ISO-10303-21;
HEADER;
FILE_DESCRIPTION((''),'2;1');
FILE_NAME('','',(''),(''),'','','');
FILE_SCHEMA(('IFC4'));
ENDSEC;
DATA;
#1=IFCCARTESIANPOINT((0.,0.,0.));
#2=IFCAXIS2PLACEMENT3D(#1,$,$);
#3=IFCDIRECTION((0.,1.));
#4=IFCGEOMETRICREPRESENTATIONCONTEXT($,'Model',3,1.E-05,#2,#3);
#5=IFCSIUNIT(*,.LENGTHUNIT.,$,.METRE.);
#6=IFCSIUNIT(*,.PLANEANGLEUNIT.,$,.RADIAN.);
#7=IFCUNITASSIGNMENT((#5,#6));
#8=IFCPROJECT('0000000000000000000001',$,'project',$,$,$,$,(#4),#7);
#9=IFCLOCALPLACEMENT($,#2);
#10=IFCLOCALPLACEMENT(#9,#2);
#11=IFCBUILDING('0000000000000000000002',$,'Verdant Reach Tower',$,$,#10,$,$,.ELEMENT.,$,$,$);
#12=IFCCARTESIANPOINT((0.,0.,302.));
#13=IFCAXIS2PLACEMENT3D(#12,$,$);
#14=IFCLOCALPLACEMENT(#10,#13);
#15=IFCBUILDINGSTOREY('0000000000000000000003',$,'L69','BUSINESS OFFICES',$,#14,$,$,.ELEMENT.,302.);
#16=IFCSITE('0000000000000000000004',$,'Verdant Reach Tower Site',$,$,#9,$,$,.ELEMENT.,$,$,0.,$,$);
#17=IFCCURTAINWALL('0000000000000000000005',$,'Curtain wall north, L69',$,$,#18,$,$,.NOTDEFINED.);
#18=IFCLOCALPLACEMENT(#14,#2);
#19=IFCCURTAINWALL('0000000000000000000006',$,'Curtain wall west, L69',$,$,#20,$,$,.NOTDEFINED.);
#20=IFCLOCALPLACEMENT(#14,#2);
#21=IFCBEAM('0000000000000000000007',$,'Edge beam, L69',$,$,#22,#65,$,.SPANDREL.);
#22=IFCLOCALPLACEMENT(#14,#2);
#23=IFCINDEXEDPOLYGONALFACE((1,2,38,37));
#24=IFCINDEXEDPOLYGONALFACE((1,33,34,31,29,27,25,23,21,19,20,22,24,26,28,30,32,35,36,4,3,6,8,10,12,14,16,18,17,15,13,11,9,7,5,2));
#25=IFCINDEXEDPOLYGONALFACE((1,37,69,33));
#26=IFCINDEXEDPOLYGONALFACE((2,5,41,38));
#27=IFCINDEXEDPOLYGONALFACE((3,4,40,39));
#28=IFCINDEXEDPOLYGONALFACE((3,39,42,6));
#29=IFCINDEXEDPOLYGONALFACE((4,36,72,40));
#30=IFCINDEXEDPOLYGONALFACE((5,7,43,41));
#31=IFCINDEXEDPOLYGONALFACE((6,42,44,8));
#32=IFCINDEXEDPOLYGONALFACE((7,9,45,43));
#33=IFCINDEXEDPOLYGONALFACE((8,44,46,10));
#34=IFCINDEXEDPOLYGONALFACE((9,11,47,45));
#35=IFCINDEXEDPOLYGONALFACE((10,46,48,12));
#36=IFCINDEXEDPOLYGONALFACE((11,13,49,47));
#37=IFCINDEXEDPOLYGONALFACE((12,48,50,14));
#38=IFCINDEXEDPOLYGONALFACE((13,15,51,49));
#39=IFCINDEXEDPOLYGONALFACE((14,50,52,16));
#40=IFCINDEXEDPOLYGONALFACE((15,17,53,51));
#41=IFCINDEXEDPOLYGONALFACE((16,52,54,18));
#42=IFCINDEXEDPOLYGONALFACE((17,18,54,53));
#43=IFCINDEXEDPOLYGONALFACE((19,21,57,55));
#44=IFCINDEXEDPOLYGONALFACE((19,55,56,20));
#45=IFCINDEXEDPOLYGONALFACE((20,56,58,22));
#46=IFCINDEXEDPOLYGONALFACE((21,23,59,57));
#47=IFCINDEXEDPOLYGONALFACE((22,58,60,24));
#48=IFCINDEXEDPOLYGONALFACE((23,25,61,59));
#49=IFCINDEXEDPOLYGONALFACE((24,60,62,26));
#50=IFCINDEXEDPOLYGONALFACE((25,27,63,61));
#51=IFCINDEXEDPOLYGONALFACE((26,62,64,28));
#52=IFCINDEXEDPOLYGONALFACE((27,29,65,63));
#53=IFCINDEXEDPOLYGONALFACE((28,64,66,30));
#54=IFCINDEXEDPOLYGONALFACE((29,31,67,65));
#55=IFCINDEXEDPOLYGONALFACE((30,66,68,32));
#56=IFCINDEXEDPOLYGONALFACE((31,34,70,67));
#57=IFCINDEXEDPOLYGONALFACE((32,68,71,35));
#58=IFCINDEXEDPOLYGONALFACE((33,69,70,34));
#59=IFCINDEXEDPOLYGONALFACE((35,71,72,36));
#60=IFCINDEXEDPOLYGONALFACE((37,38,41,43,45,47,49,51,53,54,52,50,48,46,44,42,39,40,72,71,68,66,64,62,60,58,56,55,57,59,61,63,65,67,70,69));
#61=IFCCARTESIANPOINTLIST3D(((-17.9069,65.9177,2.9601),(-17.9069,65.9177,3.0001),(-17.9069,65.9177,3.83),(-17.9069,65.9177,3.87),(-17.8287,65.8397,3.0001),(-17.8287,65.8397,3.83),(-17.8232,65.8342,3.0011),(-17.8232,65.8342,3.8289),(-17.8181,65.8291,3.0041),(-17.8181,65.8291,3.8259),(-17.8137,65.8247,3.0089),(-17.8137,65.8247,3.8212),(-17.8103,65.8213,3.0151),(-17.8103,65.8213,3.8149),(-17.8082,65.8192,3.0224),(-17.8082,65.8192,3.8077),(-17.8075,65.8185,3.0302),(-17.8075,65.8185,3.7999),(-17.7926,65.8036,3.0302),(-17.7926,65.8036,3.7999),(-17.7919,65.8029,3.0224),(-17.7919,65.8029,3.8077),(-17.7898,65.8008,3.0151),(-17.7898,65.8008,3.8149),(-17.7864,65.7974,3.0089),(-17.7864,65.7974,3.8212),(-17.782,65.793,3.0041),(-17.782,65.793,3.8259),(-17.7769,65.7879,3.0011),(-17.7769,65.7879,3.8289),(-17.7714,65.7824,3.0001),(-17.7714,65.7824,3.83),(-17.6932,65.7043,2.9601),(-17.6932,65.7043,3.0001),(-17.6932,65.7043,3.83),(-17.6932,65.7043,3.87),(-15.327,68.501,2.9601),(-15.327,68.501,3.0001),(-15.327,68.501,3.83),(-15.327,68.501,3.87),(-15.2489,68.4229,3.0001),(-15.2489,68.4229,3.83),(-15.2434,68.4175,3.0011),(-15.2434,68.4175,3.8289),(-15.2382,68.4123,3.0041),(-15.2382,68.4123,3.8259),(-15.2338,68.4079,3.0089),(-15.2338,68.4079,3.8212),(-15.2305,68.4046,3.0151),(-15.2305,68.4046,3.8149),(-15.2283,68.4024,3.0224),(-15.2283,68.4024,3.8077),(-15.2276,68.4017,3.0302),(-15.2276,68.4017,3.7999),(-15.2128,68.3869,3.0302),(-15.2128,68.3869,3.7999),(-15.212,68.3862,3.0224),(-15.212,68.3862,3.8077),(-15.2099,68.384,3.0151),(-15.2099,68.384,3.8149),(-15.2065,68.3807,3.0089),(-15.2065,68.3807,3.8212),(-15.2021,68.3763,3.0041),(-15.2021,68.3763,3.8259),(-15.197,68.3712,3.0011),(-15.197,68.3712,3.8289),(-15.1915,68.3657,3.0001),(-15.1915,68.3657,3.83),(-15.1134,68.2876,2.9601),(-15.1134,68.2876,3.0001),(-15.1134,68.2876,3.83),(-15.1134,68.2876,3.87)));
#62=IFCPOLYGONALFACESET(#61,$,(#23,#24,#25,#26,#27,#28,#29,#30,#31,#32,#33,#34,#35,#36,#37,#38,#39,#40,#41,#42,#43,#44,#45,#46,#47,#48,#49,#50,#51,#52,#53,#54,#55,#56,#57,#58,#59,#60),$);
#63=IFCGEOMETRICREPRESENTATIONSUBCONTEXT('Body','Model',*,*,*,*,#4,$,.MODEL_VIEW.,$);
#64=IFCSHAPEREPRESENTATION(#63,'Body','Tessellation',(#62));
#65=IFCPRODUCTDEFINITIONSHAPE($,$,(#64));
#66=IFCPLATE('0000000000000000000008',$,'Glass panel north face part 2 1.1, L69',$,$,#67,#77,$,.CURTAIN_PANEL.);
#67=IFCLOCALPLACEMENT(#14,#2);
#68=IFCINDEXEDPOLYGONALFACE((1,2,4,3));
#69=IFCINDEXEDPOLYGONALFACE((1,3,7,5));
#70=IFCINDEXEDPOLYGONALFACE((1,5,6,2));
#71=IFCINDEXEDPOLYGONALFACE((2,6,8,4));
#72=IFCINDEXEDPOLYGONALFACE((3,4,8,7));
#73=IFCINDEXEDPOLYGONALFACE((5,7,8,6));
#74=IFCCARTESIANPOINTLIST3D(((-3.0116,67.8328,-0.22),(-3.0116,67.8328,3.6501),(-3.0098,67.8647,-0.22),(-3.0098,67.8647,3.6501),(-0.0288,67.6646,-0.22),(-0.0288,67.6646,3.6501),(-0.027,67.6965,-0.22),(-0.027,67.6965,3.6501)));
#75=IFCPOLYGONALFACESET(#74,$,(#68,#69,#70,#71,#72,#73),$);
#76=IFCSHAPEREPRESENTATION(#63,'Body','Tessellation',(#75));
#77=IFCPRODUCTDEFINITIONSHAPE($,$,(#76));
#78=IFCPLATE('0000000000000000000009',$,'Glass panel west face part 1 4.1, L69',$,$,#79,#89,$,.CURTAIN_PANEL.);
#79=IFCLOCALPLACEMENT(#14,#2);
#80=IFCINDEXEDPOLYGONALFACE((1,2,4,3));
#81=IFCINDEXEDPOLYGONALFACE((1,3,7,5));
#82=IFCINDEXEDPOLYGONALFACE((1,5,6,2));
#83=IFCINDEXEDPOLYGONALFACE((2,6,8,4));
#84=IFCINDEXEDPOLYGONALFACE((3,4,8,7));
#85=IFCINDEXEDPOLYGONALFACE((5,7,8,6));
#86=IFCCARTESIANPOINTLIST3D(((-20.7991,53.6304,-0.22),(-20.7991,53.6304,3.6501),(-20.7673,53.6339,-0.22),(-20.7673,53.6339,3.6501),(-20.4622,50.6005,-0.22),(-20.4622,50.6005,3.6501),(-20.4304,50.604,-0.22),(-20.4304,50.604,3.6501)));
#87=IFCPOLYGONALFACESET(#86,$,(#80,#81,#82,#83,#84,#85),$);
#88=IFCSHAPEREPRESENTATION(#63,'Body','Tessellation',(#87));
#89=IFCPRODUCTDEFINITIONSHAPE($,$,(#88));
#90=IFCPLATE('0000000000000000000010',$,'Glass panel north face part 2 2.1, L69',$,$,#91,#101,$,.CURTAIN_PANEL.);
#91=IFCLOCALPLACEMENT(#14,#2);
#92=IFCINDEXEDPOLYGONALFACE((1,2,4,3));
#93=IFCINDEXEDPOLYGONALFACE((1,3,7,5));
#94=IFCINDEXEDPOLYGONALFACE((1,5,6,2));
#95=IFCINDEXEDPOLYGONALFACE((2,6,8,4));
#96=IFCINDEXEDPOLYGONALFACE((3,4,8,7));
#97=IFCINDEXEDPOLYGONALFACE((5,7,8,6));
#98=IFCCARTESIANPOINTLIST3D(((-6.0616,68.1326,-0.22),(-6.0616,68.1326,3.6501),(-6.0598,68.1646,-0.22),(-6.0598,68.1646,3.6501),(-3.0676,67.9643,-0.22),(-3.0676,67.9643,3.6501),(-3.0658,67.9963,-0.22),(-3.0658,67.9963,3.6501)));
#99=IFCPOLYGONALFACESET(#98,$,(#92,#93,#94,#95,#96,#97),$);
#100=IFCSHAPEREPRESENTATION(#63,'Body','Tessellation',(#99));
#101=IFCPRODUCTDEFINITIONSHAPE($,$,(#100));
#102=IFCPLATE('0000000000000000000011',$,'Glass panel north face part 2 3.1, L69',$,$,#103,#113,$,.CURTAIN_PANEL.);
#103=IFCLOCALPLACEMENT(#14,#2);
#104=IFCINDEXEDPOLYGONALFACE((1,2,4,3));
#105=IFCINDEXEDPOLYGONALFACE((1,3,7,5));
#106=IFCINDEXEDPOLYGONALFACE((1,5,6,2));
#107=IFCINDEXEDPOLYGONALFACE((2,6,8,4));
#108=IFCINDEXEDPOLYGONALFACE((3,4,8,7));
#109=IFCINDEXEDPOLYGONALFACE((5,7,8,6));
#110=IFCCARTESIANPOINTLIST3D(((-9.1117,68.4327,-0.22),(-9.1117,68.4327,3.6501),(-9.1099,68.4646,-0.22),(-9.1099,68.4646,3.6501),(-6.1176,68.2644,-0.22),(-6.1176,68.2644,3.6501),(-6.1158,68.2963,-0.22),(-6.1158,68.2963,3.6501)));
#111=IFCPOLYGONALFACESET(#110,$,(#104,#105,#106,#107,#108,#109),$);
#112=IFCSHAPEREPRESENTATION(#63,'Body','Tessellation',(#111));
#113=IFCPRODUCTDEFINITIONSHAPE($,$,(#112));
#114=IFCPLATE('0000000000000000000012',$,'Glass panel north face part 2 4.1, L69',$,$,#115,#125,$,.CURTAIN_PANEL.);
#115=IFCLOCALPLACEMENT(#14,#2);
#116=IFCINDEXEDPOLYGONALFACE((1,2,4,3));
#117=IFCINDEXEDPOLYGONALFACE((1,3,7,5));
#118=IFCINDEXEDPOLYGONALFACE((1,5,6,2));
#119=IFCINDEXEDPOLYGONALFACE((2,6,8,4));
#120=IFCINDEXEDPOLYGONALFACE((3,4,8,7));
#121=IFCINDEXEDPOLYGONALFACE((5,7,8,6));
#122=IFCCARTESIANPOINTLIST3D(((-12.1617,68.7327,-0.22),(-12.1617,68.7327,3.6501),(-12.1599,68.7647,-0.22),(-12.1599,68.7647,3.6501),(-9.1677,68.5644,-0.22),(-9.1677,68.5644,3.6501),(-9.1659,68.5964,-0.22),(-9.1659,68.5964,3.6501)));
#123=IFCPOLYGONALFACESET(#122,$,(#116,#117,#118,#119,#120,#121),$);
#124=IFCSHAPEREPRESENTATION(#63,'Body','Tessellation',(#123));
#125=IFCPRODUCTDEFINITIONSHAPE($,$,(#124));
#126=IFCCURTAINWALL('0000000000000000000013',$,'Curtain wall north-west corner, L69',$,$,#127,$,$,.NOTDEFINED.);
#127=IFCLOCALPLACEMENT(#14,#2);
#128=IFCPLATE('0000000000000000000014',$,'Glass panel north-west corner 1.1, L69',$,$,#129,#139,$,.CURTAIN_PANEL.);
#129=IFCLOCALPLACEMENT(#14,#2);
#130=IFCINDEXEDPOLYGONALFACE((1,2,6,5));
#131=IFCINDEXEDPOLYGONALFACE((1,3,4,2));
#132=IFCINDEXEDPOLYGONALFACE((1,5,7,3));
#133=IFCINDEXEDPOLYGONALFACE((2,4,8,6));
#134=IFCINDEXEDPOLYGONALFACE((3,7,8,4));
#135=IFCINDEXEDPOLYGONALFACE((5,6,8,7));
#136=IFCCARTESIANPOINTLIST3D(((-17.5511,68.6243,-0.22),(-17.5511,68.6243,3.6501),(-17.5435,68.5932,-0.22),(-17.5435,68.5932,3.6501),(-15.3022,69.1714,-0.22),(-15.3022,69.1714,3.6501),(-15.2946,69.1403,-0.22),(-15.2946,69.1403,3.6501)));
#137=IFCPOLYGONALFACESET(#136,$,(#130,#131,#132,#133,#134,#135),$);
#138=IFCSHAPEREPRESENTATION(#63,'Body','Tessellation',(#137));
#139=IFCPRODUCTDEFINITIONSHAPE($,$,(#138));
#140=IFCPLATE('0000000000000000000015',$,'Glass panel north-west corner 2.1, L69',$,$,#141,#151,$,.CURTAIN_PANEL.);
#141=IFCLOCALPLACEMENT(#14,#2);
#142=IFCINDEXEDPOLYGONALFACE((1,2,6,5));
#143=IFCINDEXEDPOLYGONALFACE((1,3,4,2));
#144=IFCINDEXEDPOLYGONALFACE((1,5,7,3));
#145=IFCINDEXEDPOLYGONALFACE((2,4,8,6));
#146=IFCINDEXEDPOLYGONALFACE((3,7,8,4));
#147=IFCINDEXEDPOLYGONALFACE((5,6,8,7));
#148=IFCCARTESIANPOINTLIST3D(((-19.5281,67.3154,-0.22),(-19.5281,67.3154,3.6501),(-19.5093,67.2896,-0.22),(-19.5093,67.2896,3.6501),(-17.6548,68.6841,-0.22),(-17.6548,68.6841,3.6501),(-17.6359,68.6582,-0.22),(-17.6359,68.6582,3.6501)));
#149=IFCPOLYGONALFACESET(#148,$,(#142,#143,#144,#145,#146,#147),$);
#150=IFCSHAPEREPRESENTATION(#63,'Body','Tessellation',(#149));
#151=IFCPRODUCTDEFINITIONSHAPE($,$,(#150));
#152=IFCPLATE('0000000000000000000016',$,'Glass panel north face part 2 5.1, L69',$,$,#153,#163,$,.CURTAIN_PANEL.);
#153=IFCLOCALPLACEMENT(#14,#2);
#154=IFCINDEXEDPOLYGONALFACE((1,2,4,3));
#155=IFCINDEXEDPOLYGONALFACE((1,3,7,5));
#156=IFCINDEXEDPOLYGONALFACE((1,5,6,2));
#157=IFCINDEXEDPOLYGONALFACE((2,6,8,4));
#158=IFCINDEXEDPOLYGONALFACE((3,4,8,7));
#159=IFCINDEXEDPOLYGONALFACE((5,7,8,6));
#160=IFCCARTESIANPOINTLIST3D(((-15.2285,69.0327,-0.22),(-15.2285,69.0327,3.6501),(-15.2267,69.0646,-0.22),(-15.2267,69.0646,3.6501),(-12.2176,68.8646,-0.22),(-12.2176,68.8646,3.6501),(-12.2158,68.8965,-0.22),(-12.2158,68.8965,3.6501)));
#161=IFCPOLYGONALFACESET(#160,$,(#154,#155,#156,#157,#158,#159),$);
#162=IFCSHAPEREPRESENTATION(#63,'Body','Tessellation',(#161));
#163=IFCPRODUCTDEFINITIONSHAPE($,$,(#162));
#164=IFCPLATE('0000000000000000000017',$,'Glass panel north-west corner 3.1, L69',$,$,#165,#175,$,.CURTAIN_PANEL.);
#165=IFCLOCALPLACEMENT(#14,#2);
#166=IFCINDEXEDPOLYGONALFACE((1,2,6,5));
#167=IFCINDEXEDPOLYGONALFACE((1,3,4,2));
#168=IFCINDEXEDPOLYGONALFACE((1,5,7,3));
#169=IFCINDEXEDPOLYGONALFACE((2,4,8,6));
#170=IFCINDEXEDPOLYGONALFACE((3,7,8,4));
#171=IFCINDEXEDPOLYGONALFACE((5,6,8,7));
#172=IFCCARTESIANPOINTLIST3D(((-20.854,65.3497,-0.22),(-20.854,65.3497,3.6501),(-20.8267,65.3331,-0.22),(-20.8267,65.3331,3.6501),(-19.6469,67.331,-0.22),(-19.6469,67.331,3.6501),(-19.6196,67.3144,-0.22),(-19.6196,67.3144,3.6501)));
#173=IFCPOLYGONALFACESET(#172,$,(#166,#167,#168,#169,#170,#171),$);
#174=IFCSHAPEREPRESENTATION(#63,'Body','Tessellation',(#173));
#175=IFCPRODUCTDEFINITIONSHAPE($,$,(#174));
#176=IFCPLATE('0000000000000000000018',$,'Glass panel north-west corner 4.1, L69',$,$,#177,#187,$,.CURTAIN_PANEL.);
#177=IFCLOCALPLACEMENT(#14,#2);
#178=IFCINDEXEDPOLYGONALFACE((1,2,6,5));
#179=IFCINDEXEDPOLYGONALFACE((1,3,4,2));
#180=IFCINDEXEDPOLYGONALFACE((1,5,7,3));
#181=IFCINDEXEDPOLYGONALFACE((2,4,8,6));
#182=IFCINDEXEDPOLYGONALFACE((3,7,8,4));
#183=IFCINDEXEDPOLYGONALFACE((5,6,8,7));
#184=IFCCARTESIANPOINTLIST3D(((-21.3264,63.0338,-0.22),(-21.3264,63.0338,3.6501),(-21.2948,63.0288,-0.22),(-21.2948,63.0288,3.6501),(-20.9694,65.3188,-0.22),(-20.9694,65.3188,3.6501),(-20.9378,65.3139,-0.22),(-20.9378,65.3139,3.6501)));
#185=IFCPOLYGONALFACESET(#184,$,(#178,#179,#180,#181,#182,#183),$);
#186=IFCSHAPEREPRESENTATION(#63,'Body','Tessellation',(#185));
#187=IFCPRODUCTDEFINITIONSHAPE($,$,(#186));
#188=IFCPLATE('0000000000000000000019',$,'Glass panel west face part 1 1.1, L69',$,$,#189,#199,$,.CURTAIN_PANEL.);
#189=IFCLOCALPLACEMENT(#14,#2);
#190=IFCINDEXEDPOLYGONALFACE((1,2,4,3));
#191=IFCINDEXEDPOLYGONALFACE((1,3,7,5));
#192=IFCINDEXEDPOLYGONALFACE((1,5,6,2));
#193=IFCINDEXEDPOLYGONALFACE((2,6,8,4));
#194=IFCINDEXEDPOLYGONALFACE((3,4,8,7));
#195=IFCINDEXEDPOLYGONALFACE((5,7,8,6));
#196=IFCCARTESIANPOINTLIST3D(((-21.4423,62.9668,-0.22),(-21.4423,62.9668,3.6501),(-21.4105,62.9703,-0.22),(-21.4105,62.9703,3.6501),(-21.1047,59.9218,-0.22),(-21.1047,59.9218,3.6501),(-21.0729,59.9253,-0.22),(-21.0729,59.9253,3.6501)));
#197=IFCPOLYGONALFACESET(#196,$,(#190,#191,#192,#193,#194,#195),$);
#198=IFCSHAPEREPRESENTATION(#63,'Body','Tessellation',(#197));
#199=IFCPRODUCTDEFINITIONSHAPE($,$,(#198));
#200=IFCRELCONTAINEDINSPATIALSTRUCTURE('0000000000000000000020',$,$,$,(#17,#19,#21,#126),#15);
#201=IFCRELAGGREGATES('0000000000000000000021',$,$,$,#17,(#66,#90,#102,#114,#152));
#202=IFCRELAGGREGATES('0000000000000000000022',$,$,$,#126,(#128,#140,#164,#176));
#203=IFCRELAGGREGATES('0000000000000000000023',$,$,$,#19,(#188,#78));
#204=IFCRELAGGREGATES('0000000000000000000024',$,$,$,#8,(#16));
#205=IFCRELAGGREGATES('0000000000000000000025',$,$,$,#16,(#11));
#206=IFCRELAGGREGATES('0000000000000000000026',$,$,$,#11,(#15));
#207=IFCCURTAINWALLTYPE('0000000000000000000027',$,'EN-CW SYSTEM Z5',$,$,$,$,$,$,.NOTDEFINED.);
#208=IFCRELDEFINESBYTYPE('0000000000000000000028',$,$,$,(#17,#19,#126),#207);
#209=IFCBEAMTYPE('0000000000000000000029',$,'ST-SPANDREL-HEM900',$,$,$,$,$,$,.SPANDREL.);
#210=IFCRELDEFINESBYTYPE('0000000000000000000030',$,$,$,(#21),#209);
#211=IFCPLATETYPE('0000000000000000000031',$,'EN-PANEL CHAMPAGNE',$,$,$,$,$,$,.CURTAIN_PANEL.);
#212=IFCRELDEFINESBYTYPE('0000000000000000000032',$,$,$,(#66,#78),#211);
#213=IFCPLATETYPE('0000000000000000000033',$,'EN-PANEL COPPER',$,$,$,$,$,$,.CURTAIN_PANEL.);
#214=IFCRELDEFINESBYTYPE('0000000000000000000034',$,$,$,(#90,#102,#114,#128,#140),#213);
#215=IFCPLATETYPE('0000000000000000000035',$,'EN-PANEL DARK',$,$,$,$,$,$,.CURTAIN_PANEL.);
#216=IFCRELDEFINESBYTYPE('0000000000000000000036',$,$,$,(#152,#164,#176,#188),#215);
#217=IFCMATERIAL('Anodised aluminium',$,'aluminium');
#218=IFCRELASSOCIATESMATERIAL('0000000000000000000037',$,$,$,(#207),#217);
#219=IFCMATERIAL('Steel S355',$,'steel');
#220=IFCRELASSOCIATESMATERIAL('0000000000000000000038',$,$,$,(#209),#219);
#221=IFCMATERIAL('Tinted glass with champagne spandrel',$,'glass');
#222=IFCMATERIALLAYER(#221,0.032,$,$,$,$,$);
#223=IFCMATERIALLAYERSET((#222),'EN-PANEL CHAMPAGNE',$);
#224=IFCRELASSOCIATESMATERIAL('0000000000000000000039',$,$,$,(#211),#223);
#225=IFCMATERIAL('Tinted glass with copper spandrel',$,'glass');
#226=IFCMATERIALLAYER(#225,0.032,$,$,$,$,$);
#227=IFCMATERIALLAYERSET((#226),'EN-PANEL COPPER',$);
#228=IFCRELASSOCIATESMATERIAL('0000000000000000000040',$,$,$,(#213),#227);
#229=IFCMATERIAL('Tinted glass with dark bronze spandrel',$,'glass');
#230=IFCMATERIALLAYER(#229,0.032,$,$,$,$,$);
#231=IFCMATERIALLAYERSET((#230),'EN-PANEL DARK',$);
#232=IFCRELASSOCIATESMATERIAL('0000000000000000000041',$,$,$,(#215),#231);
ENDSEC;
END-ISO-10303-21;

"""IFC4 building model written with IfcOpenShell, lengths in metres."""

from ifc_helpers import new_model, si_unit, direction, frame, origin, origin_2d, place, context, subcontext, project, spatial, rectangle, i_section, extrude, material, layer, layer_set, material_profile, profile_set, type_object, element, aggregate, save


model = new_model("IFC4")

# Units and contexts
model_context = context("Model", 3, precision=1e-05, world=origin(), true_north=direction((0.0, 1.0)))
body_context = subcontext(model_context, "Body", "Model", "MODEL_VIEW")
ifc_project = project(units=[si_unit("LENGTHUNIT", "METRE"), si_unit("PLANEANGLEUNIT", "RADIAN")], contexts=[model_context])

# Site, building, storey
site_placement = place(None, origin())
site = spatial("IfcSite", under=ifc_project, at=site_placement, Name="Verdant Reach Tower Site", CompositionType="ELEMENT", RefElevation=0.0)
building_placement = place(site_placement, origin())
building = spatial("IfcBuilding", under=site, at=building_placement, Name="Verdant Reach Tower", CompositionType="ELEMENT")
storey_placement = place(building_placement, frame((0.0, 0.0, 302.0)))
storey = spatial("IfcBuildingStorey", under=building, at=storey_placement, Name="L69", Description="BUSINESS OFFICES", CompositionType="ELEMENT", Elevation=302.0)

# Curtain walls
ifc_material_1 = material(Name="Anodised aluminium", Category="aluminium")
curtain_wall_type = type_object("IfcCurtainWallType", Name="EN-CW SYSTEM Z5", PredefinedType="NOTDEFINED", material=ifc_material_1)
curtain_wall_1_placement = place(storey_placement, origin())
curtain_wall_1 = element("IfcCurtainWall", 1, at=curtain_wall_1_placement, inside=storey, type_object=curtain_wall_type, Name="Curtain wall north, L69", PredefinedType="NOTDEFINED")
curtain_wall_2_placement = place(storey_placement, origin())
curtain_wall_2 = element("IfcCurtainWall", 2, at=curtain_wall_2_placement, inside=storey, type_object=curtain_wall_type, Name="Curtain wall west, L69", PredefinedType="NOTDEFINED")

# Beam
ifc_material_2 = material(Name="Steel S355", Category="steel")
ifc_material_profile_1 = material_profile(ifc_material_2, i_section(OverallWidth=0.302, OverallDepth=0.9099, WebThickness=0.021, FlangeThickness=0.04, FilletRadius=0.03, at=origin_2d()), Name="HEM 900")
ifc_profile_set_1 = profile_set([ifc_material_profile_1], Name="Steel S355")
beam_type_1 = type_object("IfcBeamType", Name="ST-SPANDREL-HEM900", PredefinedType="SPANDREL", material=ifc_profile_set_1)
beam_1_placement = place(storey_placement, frame((-17.8, 65.811, 3.415), z_axis=(0.706639, 0.707575, 0.0), x_axis=(-0.707575, 0.706639, 0.0)))
element("IfcBeam", 3, at=beam_1_placement, inside=storey, type_object=beam_type_1, Name="Edge beam, L69", PredefinedType="SPANDREL", context=body_context, shape_type="SweptSolid", body=[
    extrude(i_section(OverallWidth=0.302, OverallDepth=0.9099, WebThickness=0.021, FlangeThickness=0.04, FilletRadius=0.03, at=origin_2d()), origin(), (0.0, 0.0, 1.0), 3.6509),
])

# Plates
ifc_material_3 = material(Name="Tinted glass with champagne spandrel", Category="glass")
ifc_layer_1 = layer(ifc_material_3, 0.032)
ifc_layer_set_1 = layer_set([ifc_layer_1], Name="EN-PANEL CHAMPAGNE")
plate_type_1 = type_object("IfcPlateType", Name="EN-PANEL CHAMPAGNE", PredefinedType="CURTAIN_PANEL", material=ifc_layer_set_1)
plate_1_placement = place(storey_placement, frame((-1.5193, 67.7646, -0.22), z_axis=(0.0, 0.0, 1.0), x_axis=(-0.998413, 0.056308, 0.0)))
plate_1 = element("IfcPlate", 4, at=plate_1_placement, type_object=plate_type_1, Name="Glass panel north face part 2 1.1, L69", PredefinedType="CURTAIN_PANEL", context=body_context, shape_type="SweptSolid", body=[
    extrude(rectangle(XDim=2.9875, YDim=0.032, at=origin_2d()), origin(), (0.0, 0.0, 1.0), 3.8701),
])
plate_2_placement = place(storey_placement, frame((-20.6147, 52.1172, -0.22), z_axis=(0.0, 0.0, 1.0), x_axis=(0.110518, -0.993874, 0.0)))
plate_2 = element("IfcPlate", 5, at=plate_2_placement, type_object=plate_type_1, Name="Glass panel west face part 1 4.1, L69", PredefinedType="CURTAIN_PANEL", context=body_context, shape_type="SweptSolid", body=[
    extrude(rectangle(XDim=3.0486, YDim=0.032, at=origin_2d()), origin(), (0.0, 0.0, 1.0), 3.8701),
])
ifc_material_4 = material(Name="Tinted glass with copper spandrel", Category="glass")
ifc_layer_2 = layer(ifc_material_4, 0.032)
ifc_layer_set_2 = layer_set([ifc_layer_2], Name="EN-PANEL COPPER")
plate_type_2 = type_object("IfcPlateType", Name="EN-PANEL COPPER", PredefinedType="CURTAIN_PANEL", material=ifc_layer_set_2)
plate_3_placement = place(storey_placement, frame((-4.5637, 68.0645, -0.22), z_axis=(0.0, 0.0, 1.0), x_axis=(-0.998424, 0.056128, 0.0)))
plate_3 = element("IfcPlate", 6, at=plate_3_placement, type_object=plate_type_2, Name="Glass panel north face part 2 2.1, L69", PredefinedType="CURTAIN_PANEL", context=body_context, shape_type="SweptSolid", body=[
    extrude(rectangle(XDim=2.9988, YDim=0.032, at=origin_2d()), origin(), (0.0, 0.0, 1.0), 3.8701),
])
plate_4_placement = place(storey_placement, frame((-7.6138, 68.3645, -0.22), z_axis=(0.0, 0.0, 1.0), x_axis=(-0.998424, 0.056128, 0.0)))
plate_4 = element("IfcPlate", 7, at=plate_4_placement, type_object=plate_type_2, Name="Glass panel north face part 2 3.1, L69", PredefinedType="CURTAIN_PANEL", context=body_context, shape_type="SweptSolid", body=[
    extrude(rectangle(XDim=2.9988, YDim=0.032, at=origin_2d()), origin(), (0.0, 0.0, 1.0), 3.8701),
])
plate_5_placement = place(storey_placement, frame((-10.6638, 68.6646, -0.22), z_axis=(0.0, 0.0, 1.0), x_axis=(-0.998424, 0.056128, 0.0)))
plate_5 = element("IfcPlate", 8, at=plate_5_placement, type_object=plate_type_2, Name="Glass panel north face part 2 4.1, L69", PredefinedType="CURTAIN_PANEL", context=body_context, shape_type="SweptSolid", body=[
    extrude(rectangle(XDim=2.9988, YDim=0.032, at=origin_2d()), origin(), (0.0, 0.0, 1.0), 3.8701),
])

# Curtain wall, plates
curtain_wall_3_placement = place(storey_placement, origin())
curtain_wall_3 = element("IfcCurtainWall", 9, at=curtain_wall_3_placement, inside=storey, type_object=curtain_wall_type, Name="Curtain wall north-west corner, L69", PredefinedType="NOTDEFINED")
plate_6_placement = place(storey_placement, frame((-16.4229, 68.8823, -0.22), z_axis=(0.0, 0.0, 1.0), x_axis=(-0.971662, -0.236376, 0.0)))
plate_6 = element("IfcPlate", 10, at=plate_6_placement, type_object=plate_type_2, Name="Glass panel north-west corner 1.1, L69", PredefinedType="CURTAIN_PANEL", context=body_context, shape_type="SweptSolid", body=[
    extrude(rectangle(XDim=2.3145, YDim=0.032, at=origin_2d()), origin(), (0.0, 0.0, 1.0), 3.8701),
])
plate_7_placement = place(storey_placement, frame((-18.582, 67.9868, -0.22), z_axis=(0.0, 0.0, 1.0), x_axis=(-0.807457, -0.589927, 0.0)))
plate_7 = element("IfcPlate", 11, at=plate_7_placement, type_object=plate_type_2, Name="Glass panel north-west corner 2.1, L69", PredefinedType="CURTAIN_PANEL", context=body_context, shape_type="SweptSolid", body=[
    extrude(rectangle(XDim=2.3201, YDim=0.032, at=origin_2d()), origin(), (0.0, 0.0, 1.0), 3.8701),
])

# Plates
ifc_material_5 = material(Name="Tinted glass with dark bronze spandrel", Category="glass")
ifc_layer_3 = layer(ifc_material_5, 0.032)
ifc_layer_set_3 = layer_set([ifc_layer_3], Name="EN-PANEL DARK")
plate_type_3 = type_object("IfcPlateType", Name="EN-PANEL DARK", PredefinedType="CURTAIN_PANEL", material=ifc_layer_set_3)
plate_8_placement = place(storey_placement, frame((-13.7222, 68.9646, -0.22), z_axis=(0.0, 0.0, 1.0), x_axis=(-0.998446, 0.055725, 0.0)))
plate_8 = element("IfcPlate", 12, at=plate_8_placement, type_object=plate_type_3, Name="Glass panel north face part 2 5.1, L69", PredefinedType="CURTAIN_PANEL", context=body_context, shape_type="SweptSolid", body=[
    extrude(rectangle(XDim=3.0156, YDim=0.032, at=origin_2d()), origin(), (0.0, 0.0, 1.0), 3.8701),
])
aggregate(curtain_wall_1, [plate_1, plate_3, plate_4, plate_5, plate_8])
plate_9_placement = place(storey_placement, frame((-20.2368, 66.332, -0.22), z_axis=(0.0, 0.0, 1.0), x_axis=(-0.520292, -0.853989, 0.0)))
plate_9 = element("IfcPlate", 13, at=plate_9_placement, type_object=plate_type_3, Name="Glass panel north-west corner 3.1, L69", PredefinedType="CURTAIN_PANEL", context=body_context, shape_type="SweptSolid", body=[
    extrude(rectangle(XDim=2.3201, YDim=0.032, at=origin_2d()), origin(), (0.0, 0.0, 1.0), 3.8701),
])
plate_10_placement = place(storey_placement, frame((-21.1321, 64.1738, -0.22), z_axis=(0.0, 0.0, 1.0), x_axis=(-0.154337, -0.988018, 0.0)))
plate_10 = element("IfcPlate", 14, at=plate_10_placement, type_object=plate_type_3, Name="Glass panel north-west corner 4.1, L69", PredefinedType="CURTAIN_PANEL", context=body_context, shape_type="SweptSolid", body=[
    extrude(rectangle(XDim=2.3127, YDim=0.032, at=origin_2d()), origin(), (0.0, 0.0, 1.0), 3.8701),
])
aggregate(curtain_wall_3, [plate_6, plate_7, plate_9, plate_10])
plate_11_placement = place(storey_placement, frame((-21.2576, 61.446, -0.22), z_axis=(0.0, 0.0, 1.0), x_axis=(0.110198, -0.99391, 0.0)))
plate_11 = element("IfcPlate", 15, at=plate_11_placement, type_object=plate_type_3, Name="Glass panel west face part 1 1.1, L69", PredefinedType="CURTAIN_PANEL", context=body_context, shape_type="SweptSolid", body=[
    extrude(rectangle(XDim=3.0637, YDim=0.032, at=origin_2d()), origin(), (0.0, 0.0, 1.0), 3.8701),
])
aggregate(curtain_wall_2, [plate_11, plate_2])

save(model, "model.ifc")
